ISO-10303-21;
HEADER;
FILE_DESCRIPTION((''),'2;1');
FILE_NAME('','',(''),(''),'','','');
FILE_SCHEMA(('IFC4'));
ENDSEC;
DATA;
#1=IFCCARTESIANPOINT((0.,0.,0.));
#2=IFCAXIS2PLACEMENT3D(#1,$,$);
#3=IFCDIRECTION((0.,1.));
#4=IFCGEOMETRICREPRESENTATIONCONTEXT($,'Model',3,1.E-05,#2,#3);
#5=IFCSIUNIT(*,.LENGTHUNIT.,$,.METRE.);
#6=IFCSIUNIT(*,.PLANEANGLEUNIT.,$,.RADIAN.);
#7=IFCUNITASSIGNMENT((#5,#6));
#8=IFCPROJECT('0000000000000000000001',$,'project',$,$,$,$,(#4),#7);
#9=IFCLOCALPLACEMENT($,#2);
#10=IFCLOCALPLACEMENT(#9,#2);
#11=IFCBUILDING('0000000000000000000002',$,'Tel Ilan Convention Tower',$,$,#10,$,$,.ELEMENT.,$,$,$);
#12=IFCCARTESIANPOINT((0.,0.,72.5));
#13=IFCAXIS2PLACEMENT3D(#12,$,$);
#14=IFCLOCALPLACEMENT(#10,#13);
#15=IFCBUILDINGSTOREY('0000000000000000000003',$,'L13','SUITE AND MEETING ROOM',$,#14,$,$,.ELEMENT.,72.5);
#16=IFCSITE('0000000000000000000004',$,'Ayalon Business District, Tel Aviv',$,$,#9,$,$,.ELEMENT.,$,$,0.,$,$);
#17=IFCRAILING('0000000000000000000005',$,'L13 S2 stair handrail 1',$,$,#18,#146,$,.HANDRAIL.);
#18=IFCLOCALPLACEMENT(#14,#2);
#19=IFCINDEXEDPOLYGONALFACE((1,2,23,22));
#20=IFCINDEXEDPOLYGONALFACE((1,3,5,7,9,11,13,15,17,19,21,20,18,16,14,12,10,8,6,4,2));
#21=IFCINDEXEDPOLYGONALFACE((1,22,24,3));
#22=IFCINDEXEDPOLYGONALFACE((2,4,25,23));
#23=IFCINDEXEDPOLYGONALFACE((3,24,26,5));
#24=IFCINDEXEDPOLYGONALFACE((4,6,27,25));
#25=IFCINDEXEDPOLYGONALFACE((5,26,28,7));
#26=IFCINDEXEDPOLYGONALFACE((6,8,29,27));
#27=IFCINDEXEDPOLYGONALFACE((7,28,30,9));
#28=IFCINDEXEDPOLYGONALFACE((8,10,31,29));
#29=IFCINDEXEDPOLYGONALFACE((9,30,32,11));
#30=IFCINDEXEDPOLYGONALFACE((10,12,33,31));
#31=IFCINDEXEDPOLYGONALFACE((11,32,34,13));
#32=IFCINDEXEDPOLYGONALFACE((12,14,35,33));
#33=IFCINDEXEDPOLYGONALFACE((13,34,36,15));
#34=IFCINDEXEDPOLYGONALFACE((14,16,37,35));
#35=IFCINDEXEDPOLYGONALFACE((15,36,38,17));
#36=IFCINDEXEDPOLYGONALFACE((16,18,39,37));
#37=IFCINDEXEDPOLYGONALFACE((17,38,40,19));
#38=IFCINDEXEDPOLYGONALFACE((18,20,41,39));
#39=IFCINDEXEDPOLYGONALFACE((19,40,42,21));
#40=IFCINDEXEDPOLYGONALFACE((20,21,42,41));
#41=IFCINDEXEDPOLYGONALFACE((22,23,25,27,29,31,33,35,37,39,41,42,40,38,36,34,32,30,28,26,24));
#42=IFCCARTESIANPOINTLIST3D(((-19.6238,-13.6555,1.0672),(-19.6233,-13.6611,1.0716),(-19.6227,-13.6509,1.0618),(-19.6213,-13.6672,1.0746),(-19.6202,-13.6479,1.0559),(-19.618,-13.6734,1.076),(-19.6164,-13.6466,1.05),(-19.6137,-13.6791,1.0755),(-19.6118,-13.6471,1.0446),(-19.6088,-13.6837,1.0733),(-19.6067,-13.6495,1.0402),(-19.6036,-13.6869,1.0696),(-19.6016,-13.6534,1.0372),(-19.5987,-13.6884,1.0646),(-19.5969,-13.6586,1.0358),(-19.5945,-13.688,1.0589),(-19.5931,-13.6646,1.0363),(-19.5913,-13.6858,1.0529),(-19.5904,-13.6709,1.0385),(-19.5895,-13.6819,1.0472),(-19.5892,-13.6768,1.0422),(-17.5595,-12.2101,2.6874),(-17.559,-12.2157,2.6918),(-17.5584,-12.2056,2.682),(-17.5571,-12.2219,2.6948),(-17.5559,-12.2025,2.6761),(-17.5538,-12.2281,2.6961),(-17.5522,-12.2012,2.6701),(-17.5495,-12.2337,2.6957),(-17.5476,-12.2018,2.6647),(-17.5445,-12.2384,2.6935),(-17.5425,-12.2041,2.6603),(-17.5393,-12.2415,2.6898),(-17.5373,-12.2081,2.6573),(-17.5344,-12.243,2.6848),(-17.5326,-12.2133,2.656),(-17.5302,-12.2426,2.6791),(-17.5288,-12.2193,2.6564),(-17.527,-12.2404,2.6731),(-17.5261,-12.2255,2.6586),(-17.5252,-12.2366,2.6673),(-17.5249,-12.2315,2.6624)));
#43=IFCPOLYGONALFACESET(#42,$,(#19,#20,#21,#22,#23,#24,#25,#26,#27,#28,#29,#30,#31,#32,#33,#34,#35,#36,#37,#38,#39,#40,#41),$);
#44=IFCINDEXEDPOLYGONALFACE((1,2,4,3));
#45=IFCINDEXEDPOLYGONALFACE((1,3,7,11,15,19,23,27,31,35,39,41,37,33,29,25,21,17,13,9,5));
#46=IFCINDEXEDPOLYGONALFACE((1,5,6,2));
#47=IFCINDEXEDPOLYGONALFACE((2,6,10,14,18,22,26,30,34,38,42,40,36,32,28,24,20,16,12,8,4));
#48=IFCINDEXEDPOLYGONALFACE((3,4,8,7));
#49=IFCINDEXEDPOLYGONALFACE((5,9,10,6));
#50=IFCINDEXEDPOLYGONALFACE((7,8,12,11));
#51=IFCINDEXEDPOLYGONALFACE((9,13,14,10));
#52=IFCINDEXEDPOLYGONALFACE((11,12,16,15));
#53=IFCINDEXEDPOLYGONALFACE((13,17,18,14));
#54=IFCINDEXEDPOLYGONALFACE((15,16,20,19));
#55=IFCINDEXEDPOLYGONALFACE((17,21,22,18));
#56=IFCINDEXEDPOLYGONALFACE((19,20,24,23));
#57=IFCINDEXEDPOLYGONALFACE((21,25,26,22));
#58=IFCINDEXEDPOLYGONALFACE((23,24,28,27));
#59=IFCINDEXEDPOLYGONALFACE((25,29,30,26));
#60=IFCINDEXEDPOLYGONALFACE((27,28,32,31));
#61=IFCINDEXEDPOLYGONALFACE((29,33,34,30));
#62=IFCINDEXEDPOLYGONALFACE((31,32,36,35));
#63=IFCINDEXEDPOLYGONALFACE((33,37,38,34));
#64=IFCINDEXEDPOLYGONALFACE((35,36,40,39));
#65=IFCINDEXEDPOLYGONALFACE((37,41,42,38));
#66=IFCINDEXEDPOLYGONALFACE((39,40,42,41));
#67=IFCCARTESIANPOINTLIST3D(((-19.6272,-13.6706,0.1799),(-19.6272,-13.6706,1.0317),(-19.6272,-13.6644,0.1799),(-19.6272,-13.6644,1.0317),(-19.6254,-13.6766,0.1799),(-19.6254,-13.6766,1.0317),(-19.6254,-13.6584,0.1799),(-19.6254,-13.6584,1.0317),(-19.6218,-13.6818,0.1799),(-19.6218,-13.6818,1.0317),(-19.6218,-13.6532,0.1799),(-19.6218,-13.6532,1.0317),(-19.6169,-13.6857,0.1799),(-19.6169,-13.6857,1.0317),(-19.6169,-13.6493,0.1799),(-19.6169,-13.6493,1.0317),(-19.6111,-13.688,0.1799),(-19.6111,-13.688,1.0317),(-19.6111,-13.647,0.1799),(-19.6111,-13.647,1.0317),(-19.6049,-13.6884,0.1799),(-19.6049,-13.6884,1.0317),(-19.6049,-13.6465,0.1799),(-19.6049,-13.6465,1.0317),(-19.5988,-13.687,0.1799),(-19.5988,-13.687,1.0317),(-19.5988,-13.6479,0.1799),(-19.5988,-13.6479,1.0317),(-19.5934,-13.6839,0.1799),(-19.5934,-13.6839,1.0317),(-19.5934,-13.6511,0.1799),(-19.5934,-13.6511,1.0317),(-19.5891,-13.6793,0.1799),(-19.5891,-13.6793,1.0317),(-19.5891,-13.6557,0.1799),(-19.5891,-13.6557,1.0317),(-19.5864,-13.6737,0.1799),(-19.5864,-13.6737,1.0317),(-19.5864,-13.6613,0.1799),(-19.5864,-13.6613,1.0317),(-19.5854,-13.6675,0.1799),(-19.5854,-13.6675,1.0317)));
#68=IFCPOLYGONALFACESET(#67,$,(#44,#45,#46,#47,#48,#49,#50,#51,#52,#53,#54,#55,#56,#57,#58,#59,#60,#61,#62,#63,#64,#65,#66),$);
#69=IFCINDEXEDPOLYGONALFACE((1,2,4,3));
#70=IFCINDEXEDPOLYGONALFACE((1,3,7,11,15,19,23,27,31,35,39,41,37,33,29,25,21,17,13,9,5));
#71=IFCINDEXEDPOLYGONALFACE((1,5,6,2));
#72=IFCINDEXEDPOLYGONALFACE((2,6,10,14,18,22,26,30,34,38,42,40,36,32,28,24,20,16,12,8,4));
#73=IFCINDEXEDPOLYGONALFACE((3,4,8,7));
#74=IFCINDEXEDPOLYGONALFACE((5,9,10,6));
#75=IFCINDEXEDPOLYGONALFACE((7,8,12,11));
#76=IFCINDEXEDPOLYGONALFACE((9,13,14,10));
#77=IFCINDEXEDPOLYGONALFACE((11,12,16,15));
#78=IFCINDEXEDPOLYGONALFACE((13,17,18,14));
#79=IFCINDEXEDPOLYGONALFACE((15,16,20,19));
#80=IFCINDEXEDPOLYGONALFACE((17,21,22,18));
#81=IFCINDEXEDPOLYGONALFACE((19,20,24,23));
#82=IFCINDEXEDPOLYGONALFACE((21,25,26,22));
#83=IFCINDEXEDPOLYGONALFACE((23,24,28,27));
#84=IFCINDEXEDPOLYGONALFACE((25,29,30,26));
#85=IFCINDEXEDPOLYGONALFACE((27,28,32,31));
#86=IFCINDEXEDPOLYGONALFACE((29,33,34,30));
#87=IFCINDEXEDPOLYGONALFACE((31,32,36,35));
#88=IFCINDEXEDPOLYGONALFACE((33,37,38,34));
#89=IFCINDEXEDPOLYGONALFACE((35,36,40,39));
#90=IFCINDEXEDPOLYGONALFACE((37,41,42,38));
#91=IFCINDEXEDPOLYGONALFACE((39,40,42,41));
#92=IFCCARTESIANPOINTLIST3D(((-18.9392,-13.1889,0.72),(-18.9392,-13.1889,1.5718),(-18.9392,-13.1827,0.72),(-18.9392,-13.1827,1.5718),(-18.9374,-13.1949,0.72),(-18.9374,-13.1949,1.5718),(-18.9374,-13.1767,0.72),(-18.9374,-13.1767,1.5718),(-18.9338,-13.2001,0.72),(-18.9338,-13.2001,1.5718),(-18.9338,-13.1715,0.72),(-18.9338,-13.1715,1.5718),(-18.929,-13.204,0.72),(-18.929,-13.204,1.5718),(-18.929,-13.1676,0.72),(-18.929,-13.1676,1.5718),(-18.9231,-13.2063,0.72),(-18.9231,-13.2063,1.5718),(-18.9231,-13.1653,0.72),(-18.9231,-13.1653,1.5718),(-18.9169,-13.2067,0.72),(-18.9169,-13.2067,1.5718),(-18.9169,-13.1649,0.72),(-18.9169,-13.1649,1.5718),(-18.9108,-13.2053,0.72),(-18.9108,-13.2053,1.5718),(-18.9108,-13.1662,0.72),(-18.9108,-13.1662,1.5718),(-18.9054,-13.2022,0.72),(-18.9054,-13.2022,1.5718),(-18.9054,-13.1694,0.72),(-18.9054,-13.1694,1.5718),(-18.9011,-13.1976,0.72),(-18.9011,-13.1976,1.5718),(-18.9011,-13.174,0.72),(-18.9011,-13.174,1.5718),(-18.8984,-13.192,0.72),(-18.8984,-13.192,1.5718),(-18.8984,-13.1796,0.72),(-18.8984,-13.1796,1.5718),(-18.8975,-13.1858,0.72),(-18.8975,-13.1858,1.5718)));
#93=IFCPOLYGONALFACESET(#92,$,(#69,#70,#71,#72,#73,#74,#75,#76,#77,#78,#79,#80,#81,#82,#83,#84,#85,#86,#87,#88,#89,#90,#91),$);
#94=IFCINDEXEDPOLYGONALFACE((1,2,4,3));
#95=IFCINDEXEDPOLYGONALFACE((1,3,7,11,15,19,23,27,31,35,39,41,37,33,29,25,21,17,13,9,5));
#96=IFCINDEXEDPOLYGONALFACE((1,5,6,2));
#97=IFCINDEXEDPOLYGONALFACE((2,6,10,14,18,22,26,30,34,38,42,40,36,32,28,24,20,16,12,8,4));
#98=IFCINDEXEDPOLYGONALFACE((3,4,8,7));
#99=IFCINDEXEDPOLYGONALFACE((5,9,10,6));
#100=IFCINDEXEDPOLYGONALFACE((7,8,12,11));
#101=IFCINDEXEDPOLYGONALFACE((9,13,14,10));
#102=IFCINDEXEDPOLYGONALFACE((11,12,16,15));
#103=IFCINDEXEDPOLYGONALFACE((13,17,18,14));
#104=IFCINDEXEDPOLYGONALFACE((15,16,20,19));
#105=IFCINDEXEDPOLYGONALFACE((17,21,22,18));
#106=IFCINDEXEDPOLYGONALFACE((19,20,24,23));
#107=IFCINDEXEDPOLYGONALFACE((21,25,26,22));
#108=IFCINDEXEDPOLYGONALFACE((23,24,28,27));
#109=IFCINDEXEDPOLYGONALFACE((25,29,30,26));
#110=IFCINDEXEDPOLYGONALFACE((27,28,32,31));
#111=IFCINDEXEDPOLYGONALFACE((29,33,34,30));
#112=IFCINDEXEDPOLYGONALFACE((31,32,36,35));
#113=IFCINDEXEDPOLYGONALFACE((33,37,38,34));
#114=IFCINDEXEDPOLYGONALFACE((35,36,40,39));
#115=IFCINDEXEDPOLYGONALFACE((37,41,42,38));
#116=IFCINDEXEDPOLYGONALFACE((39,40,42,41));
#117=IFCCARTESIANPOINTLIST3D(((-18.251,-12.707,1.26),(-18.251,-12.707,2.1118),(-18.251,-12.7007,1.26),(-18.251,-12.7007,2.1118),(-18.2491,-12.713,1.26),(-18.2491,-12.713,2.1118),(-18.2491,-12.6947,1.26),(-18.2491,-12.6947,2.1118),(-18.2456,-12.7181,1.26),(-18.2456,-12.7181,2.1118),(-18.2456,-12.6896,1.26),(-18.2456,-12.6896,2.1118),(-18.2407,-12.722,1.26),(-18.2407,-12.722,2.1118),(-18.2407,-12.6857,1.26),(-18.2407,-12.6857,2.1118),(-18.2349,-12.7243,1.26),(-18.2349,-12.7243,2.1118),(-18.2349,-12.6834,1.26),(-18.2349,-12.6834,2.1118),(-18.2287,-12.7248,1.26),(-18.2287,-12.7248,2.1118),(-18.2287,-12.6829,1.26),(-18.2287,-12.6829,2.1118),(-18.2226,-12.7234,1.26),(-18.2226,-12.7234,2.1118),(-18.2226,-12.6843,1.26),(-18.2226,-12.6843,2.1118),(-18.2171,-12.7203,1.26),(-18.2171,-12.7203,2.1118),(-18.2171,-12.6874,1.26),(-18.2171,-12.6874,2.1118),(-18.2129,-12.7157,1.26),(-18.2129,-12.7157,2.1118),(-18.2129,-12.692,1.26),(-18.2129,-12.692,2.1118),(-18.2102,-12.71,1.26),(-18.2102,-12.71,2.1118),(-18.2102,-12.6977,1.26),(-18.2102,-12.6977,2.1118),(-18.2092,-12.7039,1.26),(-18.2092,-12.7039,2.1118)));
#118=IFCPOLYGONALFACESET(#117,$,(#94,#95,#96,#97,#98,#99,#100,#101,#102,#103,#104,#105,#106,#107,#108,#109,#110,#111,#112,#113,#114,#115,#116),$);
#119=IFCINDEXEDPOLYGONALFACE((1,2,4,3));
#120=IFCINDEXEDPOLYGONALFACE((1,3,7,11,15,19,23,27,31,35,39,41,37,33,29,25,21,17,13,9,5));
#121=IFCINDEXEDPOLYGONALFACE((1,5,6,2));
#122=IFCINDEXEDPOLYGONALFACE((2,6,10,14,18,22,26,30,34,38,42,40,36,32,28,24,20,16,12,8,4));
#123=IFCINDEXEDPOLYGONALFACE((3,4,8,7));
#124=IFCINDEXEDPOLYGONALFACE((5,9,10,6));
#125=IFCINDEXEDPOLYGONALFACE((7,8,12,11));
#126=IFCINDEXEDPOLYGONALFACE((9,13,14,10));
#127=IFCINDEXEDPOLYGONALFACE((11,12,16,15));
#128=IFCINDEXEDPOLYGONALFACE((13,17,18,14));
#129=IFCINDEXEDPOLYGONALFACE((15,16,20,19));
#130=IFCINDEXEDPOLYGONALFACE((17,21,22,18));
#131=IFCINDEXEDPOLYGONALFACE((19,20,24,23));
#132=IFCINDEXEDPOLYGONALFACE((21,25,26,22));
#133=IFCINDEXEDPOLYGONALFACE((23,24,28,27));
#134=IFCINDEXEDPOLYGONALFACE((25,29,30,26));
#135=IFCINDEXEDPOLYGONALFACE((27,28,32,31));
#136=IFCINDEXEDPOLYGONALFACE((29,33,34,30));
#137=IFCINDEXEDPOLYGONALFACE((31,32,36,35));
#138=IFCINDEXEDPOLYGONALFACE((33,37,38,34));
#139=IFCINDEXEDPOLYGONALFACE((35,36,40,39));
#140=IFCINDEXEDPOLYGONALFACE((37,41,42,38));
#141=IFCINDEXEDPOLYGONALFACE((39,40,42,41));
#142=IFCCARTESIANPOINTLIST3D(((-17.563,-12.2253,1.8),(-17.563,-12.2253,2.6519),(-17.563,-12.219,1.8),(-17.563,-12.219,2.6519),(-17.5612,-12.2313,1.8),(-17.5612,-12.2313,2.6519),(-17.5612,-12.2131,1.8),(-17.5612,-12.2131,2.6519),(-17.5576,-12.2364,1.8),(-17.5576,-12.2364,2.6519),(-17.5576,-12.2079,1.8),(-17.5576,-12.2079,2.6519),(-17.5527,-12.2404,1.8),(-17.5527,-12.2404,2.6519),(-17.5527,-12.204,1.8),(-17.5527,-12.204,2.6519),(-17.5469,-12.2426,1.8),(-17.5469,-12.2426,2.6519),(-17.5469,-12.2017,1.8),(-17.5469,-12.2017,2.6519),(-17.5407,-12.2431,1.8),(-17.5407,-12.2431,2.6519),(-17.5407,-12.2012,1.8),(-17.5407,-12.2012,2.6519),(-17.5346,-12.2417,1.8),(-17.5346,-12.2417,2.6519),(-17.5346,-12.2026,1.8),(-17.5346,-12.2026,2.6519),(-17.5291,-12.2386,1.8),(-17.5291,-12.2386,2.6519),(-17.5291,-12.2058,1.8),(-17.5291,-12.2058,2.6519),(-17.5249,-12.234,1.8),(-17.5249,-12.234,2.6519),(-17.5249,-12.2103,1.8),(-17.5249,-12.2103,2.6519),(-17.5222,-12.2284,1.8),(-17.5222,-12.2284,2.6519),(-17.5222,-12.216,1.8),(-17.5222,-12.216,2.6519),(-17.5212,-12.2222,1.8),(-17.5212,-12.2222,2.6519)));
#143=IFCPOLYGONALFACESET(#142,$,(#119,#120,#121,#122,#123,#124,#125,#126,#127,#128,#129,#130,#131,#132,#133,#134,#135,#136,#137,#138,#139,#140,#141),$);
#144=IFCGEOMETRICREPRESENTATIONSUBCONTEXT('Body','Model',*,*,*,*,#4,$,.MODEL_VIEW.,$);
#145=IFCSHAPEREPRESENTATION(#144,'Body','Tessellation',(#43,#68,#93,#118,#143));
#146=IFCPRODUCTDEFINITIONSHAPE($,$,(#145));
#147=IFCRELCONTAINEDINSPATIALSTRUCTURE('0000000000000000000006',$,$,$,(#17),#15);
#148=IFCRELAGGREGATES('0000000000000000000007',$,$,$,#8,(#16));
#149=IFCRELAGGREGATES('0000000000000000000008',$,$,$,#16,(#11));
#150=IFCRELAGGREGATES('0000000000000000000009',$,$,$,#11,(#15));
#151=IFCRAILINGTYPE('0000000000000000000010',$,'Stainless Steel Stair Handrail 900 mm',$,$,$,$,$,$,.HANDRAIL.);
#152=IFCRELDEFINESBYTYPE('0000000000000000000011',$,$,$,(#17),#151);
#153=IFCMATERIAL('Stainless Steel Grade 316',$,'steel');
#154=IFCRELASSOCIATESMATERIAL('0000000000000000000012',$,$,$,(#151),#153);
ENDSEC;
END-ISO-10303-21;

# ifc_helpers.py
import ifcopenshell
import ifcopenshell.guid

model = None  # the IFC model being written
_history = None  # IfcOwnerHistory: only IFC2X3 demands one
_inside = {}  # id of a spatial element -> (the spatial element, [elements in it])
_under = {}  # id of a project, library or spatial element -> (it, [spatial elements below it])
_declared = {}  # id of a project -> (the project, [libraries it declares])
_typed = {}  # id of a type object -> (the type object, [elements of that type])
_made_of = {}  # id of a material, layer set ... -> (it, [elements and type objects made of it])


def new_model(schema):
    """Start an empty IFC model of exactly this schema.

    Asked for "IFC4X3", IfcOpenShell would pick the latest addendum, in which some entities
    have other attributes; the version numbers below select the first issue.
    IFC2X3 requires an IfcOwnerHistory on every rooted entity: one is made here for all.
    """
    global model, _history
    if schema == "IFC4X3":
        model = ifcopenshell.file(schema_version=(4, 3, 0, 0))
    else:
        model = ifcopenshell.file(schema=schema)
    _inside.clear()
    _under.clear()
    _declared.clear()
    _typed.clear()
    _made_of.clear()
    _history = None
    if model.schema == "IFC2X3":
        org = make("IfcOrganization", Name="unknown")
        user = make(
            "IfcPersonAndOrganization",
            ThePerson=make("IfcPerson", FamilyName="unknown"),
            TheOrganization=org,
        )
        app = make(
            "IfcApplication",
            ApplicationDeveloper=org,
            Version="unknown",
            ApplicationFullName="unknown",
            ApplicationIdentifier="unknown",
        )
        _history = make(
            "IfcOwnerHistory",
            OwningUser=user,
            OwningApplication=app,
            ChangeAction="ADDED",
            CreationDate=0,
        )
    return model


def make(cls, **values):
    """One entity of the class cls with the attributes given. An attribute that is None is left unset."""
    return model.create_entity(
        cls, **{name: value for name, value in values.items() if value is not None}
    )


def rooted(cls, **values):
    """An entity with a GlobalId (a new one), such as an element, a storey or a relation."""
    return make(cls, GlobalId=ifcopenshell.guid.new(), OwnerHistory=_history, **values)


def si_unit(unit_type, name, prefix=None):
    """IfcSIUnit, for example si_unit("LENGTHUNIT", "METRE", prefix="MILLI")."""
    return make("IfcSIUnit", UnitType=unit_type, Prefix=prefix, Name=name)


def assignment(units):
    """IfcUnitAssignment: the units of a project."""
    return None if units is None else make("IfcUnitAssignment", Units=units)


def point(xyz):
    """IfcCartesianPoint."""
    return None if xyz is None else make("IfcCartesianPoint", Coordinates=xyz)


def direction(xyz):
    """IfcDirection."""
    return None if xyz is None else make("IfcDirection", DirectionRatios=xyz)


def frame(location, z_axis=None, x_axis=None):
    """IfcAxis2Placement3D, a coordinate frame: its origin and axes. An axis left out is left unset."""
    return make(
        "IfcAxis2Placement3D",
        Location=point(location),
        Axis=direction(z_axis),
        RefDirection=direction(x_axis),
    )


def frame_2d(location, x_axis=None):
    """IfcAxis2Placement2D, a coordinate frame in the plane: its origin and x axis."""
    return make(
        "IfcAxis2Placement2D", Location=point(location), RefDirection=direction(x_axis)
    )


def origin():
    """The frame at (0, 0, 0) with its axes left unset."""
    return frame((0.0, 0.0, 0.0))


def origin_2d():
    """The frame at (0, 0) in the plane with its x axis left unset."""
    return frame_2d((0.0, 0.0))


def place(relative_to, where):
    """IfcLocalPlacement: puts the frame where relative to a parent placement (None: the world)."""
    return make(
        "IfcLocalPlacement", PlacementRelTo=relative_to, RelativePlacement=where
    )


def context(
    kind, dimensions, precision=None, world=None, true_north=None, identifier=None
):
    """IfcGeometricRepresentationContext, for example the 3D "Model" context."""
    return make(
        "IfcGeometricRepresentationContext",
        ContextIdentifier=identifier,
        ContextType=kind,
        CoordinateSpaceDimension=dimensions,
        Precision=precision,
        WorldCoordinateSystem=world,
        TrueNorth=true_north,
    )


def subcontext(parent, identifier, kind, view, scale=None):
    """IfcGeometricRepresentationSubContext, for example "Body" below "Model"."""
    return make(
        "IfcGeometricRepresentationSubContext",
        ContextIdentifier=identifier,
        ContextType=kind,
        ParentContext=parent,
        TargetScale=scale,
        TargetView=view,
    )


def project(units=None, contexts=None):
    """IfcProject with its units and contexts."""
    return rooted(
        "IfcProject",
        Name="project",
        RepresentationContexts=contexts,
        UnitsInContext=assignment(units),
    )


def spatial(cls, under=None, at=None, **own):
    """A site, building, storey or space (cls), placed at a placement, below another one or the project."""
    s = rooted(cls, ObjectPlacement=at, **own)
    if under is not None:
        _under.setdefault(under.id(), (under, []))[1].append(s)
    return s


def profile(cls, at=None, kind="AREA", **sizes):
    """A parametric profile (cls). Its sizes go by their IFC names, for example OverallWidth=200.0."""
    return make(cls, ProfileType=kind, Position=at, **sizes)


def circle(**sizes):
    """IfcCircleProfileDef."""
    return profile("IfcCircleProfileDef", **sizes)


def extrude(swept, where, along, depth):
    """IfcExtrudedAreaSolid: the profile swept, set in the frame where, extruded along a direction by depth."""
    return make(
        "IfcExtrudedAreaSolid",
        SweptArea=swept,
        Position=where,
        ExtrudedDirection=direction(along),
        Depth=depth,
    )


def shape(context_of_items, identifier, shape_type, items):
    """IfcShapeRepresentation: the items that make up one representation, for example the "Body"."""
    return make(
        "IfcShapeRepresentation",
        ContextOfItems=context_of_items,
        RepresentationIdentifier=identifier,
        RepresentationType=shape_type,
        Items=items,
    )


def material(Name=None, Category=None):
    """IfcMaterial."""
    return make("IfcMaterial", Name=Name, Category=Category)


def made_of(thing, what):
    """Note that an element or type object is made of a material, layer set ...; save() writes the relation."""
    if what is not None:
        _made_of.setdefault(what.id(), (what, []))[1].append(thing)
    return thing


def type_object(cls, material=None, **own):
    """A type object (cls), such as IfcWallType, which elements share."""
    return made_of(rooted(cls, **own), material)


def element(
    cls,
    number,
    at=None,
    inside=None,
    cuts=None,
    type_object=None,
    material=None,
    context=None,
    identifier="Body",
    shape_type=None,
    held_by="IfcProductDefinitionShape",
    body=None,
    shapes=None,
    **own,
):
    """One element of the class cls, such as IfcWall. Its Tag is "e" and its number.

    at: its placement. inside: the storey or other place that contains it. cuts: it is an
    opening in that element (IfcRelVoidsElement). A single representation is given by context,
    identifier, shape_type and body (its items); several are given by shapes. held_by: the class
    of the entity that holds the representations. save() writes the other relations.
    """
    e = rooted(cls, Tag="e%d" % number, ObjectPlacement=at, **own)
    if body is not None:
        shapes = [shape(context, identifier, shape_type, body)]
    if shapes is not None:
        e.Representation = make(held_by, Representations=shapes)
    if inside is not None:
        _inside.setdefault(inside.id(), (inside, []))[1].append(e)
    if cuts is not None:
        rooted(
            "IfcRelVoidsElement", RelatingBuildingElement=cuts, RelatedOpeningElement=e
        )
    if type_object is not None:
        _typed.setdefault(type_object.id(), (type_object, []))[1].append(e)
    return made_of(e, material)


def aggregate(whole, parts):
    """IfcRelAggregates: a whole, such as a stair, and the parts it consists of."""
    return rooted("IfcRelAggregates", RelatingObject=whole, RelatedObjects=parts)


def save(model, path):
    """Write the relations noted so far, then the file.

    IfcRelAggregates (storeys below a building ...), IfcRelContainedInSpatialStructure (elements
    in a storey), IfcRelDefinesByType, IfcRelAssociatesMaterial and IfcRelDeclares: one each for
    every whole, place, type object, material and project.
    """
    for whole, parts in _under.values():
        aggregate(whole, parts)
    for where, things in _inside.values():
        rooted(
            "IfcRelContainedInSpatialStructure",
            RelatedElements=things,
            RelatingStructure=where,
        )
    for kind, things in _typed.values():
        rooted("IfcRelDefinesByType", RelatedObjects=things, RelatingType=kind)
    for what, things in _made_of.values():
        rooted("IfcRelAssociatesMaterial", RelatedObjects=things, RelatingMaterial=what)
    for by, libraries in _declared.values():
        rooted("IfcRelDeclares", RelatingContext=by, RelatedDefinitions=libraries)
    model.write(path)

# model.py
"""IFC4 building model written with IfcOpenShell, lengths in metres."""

from ifc_helpers import new_model, si_unit, direction, frame, origin, origin_2d, place, context, subcontext, project, spatial, circle, extrude, material, type_object, element, save


model = new_model("IFC4")

# Units and contexts
model_context = context("Model", 3, precision=1e-05, world=origin(), true_north=direction((0.0, 1.0)))
body_context = subcontext(model_context, "Body", "Model", "MODEL_VIEW")
ifc_project = project(units=[si_unit("LENGTHUNIT", "METRE"), si_unit("PLANEANGLEUNIT", "RADIAN")], contexts=[model_context])

# Site, building, storey
site_placement = place(None, origin())
site = spatial("IfcSite", under=ifc_project, at=site_placement, Name="Ayalon Business District, Tel Aviv", CompositionType="ELEMENT", RefElevation=0.0)
building_placement = place(site_placement, origin())
building = spatial("IfcBuilding", under=site, at=building_placement, Name="Tel Ilan Convention Tower", CompositionType="ELEMENT")
storey_placement = place(building_placement, frame((0.0, 0.0, 72.5)))
storey = spatial("IfcBuildingStorey", under=building, at=storey_placement, Name="L13", Description="SUITE AND MEETING ROOM", CompositionType="ELEMENT", Elevation=72.5)

# Railing
ifc_material_1 = material(Name="Stainless Steel Grade 316", Category="steel")
railing_type_1 = type_object("IfcRailingType", Name="Stainless Steel Stair Handrail 900 mm", PredefinedType="HANDRAIL", material=ifc_material_1)
railing_1_placement = place(storey_placement, frame((-19.6064, -13.6675, 0.1799)))
element("IfcRailing", 1, at=railing_1_placement, inside=storey, type_object=railing_type_1, Name="L13 S2 stair handrail 1", PredefinedType="HANDRAIL", context=body_context, shape_type="SweptSolid", body=[
    extrude(circle(Radius=0.0239, at=origin_2d()), frame((0.0, 0.0, 0.876), z_axis=(0.68904, 0.48245, 0.540801), x_axis=(-0.57356, 0.819164, 0.0)), (0.0, 0.0, 1.0), 2.9958),
    extrude(circle(Radius=0.021, at=origin_2d()), origin(), (0.0, 0.0, 1.0), 0.8518),
    extrude(circle(Radius=0.021, at=origin_2d()), frame((0.688, 0.4817, 0.54)), (0.0, 0.0, 1.0), 0.8518),
    extrude(circle(Radius=0.021, at=origin_2d()), frame((1.3762, 0.9636, 1.0801)), (0.0, 0.0, 1.0), 0.8518),
    extrude(circle(Radius=0.021, at=origin_2d()), frame((2.0642, 1.4453, 1.6201)), (0.0, 0.0, 1.0), 0.8518),
])

save(model, "model.ifc")
